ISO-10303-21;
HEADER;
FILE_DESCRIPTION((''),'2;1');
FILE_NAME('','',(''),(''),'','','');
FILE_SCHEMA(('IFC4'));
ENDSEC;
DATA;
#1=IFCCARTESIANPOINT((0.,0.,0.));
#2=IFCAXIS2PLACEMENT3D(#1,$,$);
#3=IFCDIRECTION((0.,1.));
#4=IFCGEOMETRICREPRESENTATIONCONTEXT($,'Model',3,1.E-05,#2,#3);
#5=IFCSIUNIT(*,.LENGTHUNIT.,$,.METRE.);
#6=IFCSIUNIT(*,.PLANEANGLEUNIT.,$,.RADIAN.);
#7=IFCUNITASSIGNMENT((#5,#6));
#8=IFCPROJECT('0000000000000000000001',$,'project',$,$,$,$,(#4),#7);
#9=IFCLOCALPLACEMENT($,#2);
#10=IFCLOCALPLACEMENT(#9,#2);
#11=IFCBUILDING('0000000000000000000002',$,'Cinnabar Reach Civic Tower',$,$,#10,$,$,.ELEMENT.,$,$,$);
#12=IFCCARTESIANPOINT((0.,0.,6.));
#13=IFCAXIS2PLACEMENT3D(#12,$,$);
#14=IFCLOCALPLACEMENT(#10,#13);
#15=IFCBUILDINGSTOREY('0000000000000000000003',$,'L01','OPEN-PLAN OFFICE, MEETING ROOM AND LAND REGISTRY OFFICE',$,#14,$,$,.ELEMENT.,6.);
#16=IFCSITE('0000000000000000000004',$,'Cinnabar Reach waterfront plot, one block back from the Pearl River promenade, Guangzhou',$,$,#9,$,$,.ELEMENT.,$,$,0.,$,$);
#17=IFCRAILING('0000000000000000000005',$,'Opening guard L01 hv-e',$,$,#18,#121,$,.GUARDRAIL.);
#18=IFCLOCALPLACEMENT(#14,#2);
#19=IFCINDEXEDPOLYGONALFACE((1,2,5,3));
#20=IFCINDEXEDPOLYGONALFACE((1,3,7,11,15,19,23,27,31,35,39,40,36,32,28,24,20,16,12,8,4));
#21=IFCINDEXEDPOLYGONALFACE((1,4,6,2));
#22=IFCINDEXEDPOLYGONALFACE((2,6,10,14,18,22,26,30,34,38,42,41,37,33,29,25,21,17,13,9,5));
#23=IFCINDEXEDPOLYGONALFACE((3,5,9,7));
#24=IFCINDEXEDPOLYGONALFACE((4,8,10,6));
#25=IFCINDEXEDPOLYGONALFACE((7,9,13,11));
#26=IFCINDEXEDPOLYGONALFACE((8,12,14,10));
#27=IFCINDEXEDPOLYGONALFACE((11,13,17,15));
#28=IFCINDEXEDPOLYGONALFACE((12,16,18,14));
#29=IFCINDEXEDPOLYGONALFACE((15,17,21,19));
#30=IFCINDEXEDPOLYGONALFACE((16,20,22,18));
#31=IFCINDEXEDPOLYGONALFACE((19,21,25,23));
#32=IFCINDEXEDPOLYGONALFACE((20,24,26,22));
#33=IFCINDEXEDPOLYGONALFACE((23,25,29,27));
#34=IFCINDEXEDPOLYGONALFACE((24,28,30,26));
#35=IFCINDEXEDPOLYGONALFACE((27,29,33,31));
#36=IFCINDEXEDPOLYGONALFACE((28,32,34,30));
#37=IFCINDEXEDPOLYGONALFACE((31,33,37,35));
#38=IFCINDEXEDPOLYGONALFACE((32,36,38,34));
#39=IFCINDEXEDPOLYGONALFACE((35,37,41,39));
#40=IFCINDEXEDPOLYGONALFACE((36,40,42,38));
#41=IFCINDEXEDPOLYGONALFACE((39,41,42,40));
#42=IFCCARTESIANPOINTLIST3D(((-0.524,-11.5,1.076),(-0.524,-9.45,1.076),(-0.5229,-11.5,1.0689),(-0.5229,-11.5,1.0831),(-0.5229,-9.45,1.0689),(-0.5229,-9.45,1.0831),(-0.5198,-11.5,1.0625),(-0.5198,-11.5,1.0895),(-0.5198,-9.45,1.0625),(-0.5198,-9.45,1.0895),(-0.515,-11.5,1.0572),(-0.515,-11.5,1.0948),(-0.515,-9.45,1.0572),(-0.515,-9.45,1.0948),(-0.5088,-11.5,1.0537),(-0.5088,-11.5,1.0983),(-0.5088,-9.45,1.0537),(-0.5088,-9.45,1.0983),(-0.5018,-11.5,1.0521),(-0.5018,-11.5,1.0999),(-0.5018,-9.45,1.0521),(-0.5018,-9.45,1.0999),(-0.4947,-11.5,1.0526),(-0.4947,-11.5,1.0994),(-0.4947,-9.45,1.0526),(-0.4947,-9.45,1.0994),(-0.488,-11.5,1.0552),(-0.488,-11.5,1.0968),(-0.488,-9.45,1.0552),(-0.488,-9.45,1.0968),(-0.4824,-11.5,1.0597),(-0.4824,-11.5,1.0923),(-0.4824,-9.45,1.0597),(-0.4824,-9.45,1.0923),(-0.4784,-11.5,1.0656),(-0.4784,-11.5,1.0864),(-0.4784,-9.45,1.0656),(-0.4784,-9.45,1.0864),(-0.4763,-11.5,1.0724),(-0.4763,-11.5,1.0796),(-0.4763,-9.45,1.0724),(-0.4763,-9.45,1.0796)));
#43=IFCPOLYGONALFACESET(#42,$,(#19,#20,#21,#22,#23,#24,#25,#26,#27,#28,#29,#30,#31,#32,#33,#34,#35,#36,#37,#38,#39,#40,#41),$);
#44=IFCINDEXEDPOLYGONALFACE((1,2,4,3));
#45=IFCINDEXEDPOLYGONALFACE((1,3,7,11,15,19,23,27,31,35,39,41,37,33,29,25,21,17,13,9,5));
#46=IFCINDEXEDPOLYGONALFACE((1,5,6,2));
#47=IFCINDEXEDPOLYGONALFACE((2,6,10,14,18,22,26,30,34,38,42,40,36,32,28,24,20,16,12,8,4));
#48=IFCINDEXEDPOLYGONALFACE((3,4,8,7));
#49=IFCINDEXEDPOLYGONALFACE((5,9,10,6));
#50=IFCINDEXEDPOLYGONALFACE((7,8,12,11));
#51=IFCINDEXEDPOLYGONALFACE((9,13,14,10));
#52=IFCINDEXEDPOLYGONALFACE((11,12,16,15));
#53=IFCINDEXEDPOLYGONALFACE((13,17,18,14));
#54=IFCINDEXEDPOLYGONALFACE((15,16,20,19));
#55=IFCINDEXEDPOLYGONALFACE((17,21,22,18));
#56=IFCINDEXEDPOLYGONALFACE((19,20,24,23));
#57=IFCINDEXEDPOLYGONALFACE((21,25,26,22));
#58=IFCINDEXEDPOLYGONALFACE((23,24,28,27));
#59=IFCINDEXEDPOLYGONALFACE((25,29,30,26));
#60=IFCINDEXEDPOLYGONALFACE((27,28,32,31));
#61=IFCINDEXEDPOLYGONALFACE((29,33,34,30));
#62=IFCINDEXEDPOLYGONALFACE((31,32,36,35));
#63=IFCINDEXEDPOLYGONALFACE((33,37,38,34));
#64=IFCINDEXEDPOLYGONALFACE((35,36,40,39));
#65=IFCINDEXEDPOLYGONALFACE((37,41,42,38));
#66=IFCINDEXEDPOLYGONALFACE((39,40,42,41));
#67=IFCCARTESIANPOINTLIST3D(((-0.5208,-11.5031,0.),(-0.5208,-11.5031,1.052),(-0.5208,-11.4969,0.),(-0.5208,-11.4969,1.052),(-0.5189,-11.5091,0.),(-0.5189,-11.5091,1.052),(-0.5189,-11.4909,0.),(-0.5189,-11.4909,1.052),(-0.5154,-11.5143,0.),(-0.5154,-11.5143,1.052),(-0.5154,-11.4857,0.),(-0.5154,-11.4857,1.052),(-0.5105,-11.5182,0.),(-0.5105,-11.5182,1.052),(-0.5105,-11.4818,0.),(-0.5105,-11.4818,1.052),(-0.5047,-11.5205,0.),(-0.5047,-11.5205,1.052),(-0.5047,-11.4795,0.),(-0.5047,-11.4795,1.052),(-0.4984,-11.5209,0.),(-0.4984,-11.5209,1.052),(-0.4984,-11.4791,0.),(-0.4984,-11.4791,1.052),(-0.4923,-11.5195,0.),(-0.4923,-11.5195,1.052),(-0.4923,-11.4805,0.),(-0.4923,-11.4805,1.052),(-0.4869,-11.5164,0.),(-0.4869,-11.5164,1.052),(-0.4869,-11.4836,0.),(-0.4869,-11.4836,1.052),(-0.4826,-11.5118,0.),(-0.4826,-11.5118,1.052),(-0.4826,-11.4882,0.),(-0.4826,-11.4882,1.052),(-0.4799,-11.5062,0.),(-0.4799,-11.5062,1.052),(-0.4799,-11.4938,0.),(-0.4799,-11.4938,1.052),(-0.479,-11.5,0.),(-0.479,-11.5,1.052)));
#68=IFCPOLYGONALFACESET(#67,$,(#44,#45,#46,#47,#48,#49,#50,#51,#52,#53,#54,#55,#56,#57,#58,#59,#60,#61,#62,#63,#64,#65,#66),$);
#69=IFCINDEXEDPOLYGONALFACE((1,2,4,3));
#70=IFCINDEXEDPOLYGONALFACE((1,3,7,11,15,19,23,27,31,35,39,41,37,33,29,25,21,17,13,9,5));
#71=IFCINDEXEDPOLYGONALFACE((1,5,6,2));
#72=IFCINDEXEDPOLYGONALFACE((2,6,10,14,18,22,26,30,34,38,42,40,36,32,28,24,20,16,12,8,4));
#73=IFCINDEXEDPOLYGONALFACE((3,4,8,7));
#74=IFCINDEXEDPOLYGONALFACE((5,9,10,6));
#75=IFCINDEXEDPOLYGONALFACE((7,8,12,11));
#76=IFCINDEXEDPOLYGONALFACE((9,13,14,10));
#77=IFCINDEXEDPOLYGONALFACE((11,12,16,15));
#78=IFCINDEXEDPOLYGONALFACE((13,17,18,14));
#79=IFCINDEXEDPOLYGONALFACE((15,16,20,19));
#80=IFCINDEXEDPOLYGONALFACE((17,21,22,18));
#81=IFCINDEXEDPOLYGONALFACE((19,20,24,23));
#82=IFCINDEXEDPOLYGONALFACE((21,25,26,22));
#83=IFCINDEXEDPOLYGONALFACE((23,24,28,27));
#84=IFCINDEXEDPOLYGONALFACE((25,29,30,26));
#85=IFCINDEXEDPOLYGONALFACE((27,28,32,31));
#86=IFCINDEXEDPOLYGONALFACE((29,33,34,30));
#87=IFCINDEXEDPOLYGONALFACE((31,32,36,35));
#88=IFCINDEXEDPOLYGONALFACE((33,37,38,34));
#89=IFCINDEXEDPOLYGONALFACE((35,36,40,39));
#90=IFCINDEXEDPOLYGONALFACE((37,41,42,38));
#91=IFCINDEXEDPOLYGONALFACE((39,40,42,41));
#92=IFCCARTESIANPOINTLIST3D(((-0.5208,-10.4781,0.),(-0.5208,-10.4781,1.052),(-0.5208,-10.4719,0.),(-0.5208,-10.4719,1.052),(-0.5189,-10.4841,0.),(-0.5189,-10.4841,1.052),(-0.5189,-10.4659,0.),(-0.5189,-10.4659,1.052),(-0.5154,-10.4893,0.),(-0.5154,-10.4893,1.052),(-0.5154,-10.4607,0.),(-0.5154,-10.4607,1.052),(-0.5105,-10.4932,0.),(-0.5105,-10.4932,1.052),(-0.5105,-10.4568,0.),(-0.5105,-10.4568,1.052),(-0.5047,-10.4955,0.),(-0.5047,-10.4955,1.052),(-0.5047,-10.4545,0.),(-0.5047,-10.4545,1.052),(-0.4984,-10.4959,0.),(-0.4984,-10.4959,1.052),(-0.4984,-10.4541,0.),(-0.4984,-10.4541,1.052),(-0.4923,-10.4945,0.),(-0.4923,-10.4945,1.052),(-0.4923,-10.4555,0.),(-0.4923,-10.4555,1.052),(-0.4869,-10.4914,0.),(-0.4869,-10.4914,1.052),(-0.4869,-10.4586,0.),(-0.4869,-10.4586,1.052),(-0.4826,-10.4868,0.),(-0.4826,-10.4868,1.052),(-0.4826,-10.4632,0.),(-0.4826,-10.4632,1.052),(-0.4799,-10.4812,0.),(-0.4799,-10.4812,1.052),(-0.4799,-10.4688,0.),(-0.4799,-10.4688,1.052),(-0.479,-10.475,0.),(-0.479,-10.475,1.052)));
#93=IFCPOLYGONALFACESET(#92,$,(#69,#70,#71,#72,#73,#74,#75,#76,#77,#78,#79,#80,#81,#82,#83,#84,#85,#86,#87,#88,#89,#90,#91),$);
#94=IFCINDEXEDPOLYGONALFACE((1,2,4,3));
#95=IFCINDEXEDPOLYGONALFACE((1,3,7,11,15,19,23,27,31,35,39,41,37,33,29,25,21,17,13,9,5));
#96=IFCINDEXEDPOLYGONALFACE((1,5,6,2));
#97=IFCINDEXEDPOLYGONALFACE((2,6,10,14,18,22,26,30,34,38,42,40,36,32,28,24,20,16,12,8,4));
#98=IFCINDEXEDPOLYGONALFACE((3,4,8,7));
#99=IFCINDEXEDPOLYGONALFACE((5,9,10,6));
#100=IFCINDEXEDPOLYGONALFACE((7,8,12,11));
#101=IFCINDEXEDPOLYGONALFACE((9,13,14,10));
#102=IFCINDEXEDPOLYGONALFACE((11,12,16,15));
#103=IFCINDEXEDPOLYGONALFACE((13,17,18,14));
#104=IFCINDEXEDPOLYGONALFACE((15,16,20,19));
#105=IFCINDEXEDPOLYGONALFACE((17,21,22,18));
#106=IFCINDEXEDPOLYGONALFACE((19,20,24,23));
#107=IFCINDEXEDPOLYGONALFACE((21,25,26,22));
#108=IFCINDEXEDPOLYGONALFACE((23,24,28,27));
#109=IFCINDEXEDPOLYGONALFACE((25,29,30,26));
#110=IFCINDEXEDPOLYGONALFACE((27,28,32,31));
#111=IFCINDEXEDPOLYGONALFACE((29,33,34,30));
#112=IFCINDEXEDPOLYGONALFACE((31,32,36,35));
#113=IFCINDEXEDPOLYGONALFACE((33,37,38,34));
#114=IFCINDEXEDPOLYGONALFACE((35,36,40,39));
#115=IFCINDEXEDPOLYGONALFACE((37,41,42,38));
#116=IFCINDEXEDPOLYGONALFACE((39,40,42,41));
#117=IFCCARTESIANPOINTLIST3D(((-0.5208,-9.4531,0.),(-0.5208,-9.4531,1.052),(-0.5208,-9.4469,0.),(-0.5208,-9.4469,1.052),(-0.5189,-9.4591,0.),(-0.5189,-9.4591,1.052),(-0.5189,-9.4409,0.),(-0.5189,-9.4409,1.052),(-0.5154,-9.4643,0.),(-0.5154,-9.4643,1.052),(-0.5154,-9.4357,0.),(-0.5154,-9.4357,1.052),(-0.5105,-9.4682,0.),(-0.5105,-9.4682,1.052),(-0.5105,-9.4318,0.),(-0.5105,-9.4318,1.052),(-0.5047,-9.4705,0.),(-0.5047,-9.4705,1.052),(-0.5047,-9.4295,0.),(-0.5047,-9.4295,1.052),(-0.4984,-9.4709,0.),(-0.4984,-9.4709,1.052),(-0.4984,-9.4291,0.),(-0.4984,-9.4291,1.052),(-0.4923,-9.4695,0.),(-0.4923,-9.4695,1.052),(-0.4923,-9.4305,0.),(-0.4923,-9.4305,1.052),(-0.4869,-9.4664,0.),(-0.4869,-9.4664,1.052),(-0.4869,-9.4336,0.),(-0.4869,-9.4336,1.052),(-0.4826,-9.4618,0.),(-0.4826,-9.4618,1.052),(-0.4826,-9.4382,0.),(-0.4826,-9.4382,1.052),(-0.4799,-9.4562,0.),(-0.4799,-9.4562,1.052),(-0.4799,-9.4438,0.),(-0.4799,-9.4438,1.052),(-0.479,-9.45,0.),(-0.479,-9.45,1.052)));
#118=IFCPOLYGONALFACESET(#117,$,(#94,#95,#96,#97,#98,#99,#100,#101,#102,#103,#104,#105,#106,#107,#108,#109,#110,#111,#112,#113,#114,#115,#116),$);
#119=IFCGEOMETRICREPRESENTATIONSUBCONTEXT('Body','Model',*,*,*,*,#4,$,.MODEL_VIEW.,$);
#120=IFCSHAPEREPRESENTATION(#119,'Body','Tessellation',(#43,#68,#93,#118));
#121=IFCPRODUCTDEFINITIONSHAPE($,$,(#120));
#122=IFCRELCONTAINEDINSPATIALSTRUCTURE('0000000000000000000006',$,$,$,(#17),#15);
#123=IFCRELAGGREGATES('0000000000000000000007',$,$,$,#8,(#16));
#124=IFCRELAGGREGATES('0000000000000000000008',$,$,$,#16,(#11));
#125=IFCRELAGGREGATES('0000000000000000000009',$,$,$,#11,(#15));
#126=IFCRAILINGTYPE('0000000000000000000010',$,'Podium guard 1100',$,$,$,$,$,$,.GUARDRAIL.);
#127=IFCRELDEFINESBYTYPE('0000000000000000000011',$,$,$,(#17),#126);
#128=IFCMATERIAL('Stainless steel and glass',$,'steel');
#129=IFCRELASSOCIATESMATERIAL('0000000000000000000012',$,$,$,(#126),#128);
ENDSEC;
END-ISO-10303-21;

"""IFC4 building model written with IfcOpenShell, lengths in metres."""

from ifc_helpers import new_model, si_unit, direction, frame, origin, origin_2d, place, context, subcontext, project, spatial, circle, extrude, material, type_object, element, save


model = new_model("IFC4")

# Units and contexts
model_context = context("Model", 3, precision=1e-05, world=origin(), true_north=direction((0.0, 1.0)))
body_context = subcontext(model_context, "Body", "Model", "MODEL_VIEW")
ifc_project = project(units=[si_unit("LENGTHUNIT", "METRE"), si_unit("PLANEANGLEUNIT", "RADIAN")], contexts=[model_context])

# Site, building, storey
site_placement = place(None, origin())
site = spatial("IfcSite", under=ifc_project, at=site_placement, Name="Cinnabar Reach waterfront plot, one block back from the Pearl River promenade, Guangzhou", CompositionType="ELEMENT", RefElevation=0.0)
building_placement = place(site_placement, origin())
building = spatial("IfcBuilding", under=site, at=building_placement, Name="Cinnabar Reach Civic Tower", CompositionType="ELEMENT")
storey_placement = place(building_placement, frame((0.0, 0.0, 6.0)))
storey = spatial("IfcBuildingStorey", under=building, at=storey_placement, Name="L01", Description="OPEN-PLAN OFFICE, MEETING ROOM AND LAND REGISTRY OFFICE", CompositionType="ELEMENT", Elevation=6.0)

# Railing
ifc_material_1 = material(Name="Stainless steel and glass", Category="steel")
railing_type = type_object("IfcRailingType", Name="Podium guard 1100", PredefinedType="GUARDRAIL", material=ifc_material_1)
railing_1_placement = place(storey_placement, frame((-0.5, -11.5, 0.0)))
element("IfcRailing", 1, at=railing_1_placement, inside=storey, type_object=railing_type, Name="Opening guard L01 hv-e", PredefinedType="GUARDRAIL", context=body_context, shape_type="SweptSolid", body=[
    extrude(circle(Radius=0.024, at=origin_2d()), frame((0.0, 0.0, 1.076), z_axis=(0.0, 1.0, 0.0), x_axis=(-1.0, 0.0, 0.0)), (0.0, 0.0, 1.0), 2.05),
    extrude(circle(Radius=0.021, at=origin_2d()), origin(), (0.0, 0.0, 1.0), 1.052),
    extrude(circle(Radius=0.021, at=origin_2d()), frame((0.0, 1.025, 0.0)), (0.0, 0.0, 1.0), 1.052),
    extrude(circle(Radius=0.021, at=origin_2d()), frame((0.0, 2.05, 0.0)), (0.0, 0.0, 1.0), 1.052),
])

save(model, "model.ifc")
